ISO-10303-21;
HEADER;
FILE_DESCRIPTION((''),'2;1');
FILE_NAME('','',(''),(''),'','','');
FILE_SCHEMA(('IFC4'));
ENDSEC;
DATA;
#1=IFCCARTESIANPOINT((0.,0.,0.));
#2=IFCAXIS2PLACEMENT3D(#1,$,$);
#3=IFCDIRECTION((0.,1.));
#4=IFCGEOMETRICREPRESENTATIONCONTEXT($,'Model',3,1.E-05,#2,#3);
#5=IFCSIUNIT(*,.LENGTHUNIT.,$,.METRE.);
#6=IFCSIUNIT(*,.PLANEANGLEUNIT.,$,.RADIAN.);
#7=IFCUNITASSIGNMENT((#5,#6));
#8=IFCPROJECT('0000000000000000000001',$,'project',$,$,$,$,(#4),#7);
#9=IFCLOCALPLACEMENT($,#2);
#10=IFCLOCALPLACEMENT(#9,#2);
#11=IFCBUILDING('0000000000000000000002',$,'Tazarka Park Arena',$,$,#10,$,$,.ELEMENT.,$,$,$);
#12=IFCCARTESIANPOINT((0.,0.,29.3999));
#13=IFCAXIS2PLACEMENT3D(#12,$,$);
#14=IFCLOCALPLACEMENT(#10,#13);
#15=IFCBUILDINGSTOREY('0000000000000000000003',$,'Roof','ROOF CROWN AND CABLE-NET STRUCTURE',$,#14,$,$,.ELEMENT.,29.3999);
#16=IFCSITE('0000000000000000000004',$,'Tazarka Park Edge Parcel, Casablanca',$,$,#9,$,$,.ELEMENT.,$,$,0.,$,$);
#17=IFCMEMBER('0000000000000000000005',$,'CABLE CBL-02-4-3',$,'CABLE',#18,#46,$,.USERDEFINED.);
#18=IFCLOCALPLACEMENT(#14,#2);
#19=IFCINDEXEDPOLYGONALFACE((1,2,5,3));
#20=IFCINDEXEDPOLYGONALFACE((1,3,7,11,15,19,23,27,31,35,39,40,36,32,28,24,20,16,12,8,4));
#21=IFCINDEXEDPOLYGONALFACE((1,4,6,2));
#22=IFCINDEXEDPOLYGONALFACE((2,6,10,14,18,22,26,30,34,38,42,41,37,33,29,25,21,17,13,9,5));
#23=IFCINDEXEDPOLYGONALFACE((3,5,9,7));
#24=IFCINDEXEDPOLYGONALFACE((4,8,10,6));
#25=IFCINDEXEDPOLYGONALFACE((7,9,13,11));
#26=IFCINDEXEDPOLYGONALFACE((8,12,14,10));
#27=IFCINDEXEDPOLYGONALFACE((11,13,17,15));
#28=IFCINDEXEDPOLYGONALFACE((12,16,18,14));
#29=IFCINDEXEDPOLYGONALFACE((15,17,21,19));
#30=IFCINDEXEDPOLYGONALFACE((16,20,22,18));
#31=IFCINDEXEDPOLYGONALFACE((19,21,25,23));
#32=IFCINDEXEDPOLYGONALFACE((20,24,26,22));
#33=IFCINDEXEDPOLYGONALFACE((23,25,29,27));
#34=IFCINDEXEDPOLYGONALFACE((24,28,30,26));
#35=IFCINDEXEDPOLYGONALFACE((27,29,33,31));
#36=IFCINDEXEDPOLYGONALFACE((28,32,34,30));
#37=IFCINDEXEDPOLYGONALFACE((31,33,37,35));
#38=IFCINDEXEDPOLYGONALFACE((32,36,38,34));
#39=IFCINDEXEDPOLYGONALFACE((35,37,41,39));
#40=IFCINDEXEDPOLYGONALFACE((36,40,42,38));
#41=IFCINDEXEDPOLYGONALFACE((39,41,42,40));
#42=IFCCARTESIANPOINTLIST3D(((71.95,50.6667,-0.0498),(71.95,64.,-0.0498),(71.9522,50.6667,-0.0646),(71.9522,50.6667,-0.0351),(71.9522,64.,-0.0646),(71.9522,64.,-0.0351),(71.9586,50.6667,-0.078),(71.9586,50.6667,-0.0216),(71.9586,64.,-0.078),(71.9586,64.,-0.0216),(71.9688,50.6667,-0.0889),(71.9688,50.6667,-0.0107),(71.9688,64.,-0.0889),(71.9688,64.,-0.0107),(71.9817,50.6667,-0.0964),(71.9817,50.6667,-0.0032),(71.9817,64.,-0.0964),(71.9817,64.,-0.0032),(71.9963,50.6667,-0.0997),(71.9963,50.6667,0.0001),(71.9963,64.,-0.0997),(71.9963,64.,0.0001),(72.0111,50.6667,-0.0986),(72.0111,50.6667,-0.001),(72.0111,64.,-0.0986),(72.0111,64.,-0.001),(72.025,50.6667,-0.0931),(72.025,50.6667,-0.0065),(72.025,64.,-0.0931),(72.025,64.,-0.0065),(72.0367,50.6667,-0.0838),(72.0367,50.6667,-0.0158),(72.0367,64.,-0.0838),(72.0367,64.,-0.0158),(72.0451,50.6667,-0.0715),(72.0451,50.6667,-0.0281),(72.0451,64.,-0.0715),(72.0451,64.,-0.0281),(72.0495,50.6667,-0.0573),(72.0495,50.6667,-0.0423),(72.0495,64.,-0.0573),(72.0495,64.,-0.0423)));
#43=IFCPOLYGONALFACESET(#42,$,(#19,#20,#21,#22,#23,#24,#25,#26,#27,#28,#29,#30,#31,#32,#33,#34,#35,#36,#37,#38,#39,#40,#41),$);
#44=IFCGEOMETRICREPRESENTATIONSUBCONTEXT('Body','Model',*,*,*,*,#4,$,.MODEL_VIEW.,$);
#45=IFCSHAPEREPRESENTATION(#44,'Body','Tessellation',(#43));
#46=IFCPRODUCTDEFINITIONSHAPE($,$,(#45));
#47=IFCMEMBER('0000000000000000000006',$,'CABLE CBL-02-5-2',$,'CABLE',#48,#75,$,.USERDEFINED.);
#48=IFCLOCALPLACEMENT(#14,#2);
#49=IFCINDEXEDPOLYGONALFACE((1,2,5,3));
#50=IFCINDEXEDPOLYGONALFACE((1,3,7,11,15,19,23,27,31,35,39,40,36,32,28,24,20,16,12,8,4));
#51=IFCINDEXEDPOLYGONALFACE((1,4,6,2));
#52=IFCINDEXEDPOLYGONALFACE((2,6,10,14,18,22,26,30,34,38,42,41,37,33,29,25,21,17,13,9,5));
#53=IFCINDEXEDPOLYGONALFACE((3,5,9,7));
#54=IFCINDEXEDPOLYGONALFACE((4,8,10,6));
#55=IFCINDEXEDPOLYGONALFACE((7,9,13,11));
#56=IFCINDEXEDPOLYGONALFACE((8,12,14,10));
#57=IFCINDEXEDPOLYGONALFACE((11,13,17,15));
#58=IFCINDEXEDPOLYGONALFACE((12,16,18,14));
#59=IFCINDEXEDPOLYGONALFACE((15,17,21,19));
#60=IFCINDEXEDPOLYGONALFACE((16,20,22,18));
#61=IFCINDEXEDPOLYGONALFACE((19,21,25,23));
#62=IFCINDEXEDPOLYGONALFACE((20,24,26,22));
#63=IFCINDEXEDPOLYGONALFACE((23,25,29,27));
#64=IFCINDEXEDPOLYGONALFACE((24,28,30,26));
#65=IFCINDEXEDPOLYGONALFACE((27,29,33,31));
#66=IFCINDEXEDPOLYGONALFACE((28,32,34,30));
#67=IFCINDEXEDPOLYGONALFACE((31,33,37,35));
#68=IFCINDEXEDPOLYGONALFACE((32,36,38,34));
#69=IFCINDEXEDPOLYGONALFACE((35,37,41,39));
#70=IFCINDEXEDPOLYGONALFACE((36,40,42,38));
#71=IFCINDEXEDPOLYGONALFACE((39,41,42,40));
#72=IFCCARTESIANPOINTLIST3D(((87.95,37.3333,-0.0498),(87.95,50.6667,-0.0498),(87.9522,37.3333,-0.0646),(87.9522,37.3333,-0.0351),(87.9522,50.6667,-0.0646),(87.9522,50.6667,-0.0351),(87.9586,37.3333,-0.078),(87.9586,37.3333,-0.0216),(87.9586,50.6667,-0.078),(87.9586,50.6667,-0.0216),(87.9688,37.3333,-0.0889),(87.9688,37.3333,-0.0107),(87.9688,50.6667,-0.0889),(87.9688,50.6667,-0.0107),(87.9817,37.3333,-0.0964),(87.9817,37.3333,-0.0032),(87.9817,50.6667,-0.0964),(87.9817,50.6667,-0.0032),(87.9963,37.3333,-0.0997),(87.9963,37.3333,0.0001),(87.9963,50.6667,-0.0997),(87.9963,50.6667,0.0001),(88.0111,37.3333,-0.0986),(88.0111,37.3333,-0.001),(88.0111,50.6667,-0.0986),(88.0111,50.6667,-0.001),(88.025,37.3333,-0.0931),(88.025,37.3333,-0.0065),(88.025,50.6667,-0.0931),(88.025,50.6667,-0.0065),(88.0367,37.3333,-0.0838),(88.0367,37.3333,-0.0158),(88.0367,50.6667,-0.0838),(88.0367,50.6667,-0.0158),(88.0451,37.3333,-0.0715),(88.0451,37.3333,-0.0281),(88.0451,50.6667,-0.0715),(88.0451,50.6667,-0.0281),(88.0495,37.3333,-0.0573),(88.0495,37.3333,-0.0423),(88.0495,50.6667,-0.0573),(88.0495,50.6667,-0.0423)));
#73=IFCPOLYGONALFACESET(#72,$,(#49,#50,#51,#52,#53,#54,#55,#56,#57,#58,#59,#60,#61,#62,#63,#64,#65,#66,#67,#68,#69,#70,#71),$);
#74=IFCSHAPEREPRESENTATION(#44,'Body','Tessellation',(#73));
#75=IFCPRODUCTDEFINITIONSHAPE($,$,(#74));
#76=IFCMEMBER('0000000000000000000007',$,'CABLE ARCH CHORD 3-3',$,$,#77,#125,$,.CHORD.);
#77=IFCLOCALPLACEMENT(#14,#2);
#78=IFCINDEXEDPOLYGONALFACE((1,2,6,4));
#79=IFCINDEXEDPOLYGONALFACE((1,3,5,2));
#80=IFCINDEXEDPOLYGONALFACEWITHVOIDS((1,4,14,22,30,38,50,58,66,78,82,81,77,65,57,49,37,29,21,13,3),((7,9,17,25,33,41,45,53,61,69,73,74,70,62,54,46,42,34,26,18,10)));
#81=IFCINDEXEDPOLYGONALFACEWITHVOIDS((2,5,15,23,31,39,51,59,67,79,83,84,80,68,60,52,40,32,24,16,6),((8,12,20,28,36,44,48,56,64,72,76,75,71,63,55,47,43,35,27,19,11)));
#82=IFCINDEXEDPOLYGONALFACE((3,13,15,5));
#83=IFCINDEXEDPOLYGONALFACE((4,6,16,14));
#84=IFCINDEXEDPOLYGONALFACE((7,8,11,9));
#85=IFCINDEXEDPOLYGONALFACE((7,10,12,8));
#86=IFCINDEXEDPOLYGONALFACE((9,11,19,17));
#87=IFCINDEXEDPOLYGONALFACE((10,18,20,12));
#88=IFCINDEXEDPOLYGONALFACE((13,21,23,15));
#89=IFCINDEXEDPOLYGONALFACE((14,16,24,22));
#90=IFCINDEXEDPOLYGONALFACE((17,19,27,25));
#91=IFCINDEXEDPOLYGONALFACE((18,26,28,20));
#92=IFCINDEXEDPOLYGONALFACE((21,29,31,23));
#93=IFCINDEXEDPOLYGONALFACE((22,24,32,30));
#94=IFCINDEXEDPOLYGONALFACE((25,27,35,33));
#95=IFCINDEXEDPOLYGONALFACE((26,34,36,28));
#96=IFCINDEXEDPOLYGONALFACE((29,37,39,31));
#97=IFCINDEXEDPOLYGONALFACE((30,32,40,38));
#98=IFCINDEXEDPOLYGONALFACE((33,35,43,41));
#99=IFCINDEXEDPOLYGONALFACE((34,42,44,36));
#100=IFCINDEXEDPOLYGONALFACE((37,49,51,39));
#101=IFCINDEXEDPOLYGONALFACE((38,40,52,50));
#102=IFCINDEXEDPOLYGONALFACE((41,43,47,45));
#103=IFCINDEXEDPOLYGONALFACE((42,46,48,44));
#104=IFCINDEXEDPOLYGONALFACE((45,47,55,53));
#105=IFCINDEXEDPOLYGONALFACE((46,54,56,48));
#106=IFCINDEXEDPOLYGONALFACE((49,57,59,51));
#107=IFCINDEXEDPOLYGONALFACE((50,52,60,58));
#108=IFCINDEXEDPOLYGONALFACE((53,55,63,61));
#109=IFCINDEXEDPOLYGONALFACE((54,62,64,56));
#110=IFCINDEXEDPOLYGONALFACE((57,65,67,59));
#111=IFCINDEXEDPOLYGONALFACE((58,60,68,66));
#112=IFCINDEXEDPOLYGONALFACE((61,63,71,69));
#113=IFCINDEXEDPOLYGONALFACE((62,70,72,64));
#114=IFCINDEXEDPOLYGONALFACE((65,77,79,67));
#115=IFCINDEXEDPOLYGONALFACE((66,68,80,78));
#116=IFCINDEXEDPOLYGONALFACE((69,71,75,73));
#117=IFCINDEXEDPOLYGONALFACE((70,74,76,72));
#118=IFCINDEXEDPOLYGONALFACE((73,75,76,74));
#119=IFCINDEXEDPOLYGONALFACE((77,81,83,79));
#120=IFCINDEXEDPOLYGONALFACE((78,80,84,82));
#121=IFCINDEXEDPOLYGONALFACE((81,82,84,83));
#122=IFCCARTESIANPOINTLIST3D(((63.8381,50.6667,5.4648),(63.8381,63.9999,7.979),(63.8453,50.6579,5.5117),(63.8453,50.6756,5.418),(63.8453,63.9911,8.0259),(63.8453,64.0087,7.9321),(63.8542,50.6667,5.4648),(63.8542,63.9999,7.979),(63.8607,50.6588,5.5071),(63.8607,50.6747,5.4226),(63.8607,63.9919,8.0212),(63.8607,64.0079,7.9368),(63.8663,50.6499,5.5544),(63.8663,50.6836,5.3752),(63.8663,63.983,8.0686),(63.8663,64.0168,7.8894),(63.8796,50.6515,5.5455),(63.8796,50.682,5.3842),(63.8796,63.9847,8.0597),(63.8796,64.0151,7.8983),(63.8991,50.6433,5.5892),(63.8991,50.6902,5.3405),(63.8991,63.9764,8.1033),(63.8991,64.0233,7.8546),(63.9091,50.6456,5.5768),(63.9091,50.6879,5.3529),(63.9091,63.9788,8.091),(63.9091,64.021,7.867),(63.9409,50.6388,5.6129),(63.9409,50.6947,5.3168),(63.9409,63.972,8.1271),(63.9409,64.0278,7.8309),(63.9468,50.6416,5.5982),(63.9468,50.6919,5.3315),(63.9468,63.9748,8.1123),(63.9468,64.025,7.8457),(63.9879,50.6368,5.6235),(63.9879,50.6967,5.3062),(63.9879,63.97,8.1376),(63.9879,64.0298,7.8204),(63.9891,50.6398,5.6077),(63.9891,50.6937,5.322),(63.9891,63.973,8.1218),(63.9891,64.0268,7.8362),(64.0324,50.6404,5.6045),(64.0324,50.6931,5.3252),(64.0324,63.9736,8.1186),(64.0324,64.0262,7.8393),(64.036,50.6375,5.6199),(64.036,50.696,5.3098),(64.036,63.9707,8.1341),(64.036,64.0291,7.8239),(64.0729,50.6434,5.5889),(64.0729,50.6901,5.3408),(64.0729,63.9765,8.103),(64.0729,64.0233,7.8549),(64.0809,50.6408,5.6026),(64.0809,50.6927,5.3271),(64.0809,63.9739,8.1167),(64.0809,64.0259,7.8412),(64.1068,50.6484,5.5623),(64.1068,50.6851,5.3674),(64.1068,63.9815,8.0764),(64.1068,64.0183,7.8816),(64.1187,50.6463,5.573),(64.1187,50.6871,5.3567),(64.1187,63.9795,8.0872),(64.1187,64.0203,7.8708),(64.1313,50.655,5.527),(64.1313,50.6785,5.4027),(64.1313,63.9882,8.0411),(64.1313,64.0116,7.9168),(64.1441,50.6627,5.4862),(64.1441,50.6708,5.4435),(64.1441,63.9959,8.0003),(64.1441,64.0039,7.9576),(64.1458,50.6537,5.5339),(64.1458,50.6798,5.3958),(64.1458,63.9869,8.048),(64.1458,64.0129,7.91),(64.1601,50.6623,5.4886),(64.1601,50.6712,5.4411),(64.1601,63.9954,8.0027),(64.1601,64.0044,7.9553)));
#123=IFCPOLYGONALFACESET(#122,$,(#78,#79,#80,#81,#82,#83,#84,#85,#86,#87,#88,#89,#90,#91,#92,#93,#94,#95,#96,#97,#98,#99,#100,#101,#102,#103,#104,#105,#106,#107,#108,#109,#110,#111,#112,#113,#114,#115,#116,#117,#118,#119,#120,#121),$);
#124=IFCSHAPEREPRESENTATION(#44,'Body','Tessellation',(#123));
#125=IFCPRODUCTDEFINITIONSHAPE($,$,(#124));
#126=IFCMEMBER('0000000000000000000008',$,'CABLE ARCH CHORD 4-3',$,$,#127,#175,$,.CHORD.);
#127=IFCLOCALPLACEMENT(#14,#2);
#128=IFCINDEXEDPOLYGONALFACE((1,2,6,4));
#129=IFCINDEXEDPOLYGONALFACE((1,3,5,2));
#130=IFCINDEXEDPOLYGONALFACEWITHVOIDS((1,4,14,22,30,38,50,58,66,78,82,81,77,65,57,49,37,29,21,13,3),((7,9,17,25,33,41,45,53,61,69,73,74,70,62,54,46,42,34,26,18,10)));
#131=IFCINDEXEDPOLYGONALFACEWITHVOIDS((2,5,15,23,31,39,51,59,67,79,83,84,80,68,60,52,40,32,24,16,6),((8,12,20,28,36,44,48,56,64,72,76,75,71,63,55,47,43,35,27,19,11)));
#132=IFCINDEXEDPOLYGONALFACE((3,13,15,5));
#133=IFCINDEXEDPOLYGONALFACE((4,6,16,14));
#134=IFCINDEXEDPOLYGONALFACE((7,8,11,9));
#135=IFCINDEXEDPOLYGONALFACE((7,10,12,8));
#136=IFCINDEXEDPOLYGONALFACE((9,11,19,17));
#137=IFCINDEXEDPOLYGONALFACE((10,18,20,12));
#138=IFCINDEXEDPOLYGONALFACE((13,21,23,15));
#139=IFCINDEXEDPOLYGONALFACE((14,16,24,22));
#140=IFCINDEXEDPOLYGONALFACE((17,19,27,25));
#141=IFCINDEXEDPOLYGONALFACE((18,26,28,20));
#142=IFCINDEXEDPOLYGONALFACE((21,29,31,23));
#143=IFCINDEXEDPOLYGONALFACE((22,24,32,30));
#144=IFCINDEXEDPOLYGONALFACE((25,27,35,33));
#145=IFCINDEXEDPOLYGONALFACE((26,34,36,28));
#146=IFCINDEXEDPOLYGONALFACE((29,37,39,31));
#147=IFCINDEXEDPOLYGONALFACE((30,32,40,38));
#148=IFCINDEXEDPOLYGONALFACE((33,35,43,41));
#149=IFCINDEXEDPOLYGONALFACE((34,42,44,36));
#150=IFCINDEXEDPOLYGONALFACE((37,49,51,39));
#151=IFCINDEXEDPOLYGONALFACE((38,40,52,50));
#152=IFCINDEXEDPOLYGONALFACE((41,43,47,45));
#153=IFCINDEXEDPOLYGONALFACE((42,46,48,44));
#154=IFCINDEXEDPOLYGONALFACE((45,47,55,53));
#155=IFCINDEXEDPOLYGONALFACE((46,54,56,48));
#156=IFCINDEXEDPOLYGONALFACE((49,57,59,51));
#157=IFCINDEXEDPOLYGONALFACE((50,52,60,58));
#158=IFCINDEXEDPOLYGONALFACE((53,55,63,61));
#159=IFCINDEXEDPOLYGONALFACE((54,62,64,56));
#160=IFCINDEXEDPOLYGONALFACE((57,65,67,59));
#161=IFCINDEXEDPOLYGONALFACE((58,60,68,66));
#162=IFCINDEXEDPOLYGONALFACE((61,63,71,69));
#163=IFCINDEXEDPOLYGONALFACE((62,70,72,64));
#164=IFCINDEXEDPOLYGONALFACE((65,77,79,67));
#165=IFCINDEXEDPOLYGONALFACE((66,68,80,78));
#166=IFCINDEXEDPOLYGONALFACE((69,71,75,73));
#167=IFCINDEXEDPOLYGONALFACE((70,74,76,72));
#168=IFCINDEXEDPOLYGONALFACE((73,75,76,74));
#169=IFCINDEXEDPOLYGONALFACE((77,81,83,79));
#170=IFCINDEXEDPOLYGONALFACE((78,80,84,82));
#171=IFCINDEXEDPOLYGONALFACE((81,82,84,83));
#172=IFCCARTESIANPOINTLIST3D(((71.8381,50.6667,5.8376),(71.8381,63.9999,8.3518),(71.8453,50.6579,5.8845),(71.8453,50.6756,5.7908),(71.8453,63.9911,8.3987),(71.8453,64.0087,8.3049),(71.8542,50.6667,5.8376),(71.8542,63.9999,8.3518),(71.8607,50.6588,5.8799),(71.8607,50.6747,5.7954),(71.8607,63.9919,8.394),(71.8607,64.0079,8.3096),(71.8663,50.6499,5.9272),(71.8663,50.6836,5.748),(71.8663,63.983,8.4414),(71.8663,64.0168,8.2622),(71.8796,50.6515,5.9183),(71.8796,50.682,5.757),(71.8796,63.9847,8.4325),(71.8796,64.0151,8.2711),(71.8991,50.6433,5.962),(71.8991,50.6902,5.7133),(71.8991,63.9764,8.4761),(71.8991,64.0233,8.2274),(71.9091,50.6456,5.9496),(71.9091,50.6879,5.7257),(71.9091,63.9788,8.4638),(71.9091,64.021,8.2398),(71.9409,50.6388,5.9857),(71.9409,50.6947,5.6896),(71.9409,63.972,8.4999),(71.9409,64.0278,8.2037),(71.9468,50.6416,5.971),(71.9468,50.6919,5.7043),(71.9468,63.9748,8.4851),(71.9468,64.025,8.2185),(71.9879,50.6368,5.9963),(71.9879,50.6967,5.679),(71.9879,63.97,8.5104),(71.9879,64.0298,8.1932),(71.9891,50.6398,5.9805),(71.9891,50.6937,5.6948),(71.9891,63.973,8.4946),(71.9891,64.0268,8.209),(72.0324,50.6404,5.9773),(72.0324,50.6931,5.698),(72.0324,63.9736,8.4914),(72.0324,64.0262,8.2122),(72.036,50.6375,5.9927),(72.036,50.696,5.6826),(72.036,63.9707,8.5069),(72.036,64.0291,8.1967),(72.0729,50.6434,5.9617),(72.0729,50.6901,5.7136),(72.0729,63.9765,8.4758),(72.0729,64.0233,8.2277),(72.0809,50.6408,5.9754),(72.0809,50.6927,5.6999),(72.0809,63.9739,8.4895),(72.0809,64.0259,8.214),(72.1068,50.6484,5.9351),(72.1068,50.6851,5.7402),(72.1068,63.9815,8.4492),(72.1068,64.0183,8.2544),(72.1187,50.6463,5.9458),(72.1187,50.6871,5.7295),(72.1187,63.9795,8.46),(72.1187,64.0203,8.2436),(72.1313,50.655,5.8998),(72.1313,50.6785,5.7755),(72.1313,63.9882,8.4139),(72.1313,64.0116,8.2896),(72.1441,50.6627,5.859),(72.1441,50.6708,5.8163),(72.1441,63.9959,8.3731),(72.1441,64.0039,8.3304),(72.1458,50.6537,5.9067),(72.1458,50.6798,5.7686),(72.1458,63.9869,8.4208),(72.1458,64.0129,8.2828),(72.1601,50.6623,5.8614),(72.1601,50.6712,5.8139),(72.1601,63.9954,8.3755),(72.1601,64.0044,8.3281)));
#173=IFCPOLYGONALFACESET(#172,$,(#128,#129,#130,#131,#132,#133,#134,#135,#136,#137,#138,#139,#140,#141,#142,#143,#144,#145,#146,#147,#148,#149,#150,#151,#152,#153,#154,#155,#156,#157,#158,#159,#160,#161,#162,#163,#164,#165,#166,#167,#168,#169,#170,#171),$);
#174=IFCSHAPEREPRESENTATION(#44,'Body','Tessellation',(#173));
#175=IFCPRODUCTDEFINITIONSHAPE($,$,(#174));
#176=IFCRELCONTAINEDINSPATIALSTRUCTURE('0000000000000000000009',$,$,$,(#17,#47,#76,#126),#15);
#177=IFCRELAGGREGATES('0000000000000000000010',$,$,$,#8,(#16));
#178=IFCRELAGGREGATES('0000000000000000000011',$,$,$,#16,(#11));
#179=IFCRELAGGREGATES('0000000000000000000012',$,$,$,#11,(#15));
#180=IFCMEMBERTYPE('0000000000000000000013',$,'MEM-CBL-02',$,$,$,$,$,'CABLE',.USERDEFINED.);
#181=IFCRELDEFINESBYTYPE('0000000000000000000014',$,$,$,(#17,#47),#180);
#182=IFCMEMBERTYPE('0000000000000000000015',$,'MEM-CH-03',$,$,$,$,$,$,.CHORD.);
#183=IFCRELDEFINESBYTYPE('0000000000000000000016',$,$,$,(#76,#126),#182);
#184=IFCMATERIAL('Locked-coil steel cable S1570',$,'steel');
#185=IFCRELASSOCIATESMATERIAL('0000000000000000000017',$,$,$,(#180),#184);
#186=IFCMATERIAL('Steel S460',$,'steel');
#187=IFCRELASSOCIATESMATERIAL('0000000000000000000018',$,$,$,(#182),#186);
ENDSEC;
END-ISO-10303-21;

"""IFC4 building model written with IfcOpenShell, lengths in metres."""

from ifc_helpers import new_model, si_unit, direction, frame, origin, origin_2d, place, context, subcontext, project, spatial, circle, hollow_circle, extrude, material, material_profile, profile_set, type_object, element, save


model = new_model("IFC4")

# Units and contexts
model_context = context("Model", 3, precision=1e-05, world=origin(), true_north=direction((0.0, 1.0)))
body_context = subcontext(model_context, "Body", "Model", "MODEL_VIEW")
ifc_project = project(units=[si_unit("LENGTHUNIT", "METRE"), si_unit("PLANEANGLEUNIT", "RADIAN")], contexts=[model_context])

# Site, building, storey
site_placement = place(None, origin())
site = spatial("IfcSite", under=ifc_project, at=site_placement, Name="Tazarka Park Edge Parcel, Casablanca", CompositionType="ELEMENT", RefElevation=0.0)
building_placement = place(site_placement, origin())
building = spatial("IfcBuilding", under=site, at=building_placement, Name="Tazarka Park Arena", CompositionType="ELEMENT")
storey_placement = place(building_placement, frame((0.0, 0.0, 29.3999)))
storey = spatial("IfcBuildingStorey", under=building, at=storey_placement, Name="Roof", Description="ROOF CROWN AND CABLE-NET STRUCTURE", CompositionType="ELEMENT", Elevation=29.3999)

# Members
ifc_material_1 = material(Name="Locked-coil steel cable S1570", Category="steel")
ifc_material_profile_1 = material_profile(ifc_material_1, circle(Radius=0.05, at=origin_2d()), Name="Locked-coil steel cable S1570")
ifc_profile_set_1 = profile_set([ifc_material_profile_1], Name="Locked-coil steel cable S1570")
member_type_1 = type_object("IfcMemberType", Name="MEM-CBL-02", ElementType="CABLE", PredefinedType="USERDEFINED", material=ifc_profile_set_1)
member_1_placement = place(storey_placement, frame((72.0, 50.6667, -0.0498), z_axis=(0.0, 1.0, 0.0), x_axis=(-1.0, 0.0, 0.0)))
element("IfcMember", 1, at=member_1_placement, inside=storey, type_object=member_type_1, Name="CABLE CBL-02-4-3", ObjectType="CABLE", PredefinedType="USERDEFINED", context=body_context, shape_type="SweptSolid", body=[
    extrude(circle(Radius=0.05, at=origin_2d()), origin(), (0.0, 0.0, 1.0), 13.3333),
])
member_2_placement = place(storey_placement, frame((88.0, 37.3333, -0.0498), z_axis=(0.0, 1.0, 0.0), x_axis=(-1.0, 0.0, 0.0)))
element("IfcMember", 2, at=member_2_placement, inside=storey, type_object=member_type_1, Name="CABLE CBL-02-5-2", ObjectType="CABLE", PredefinedType="USERDEFINED", context=body_context, shape_type="SweptSolid", body=[
    extrude(circle(Radius=0.05, at=origin_2d()), origin(), (0.0, 0.0, 1.0), 13.3335),
])
ifc_material_2 = material(Name="Steel S460", Category="steel")
ifc_material_profile_2 = material_profile(ifc_material_2, hollow_circle(Radius=0.1619, WallThickness=0.0161, at=origin_2d()), Name="Steel S460")
ifc_profile_set_2 = profile_set([ifc_material_profile_2], Name="Steel S460")
member_type_2 = type_object("IfcMemberType", Name="MEM-CH-03", PredefinedType="CHORD", material=ifc_profile_set_2)
for number, where, z_axis, x_axis, name in (
    (3, (64.0, 50.6667, 5.4648), (0.0, 0.982682, 0.185298), (-1.0, 0.0, 0.0), "CABLE ARCH CHORD 3-3"),
    (4, (72.0, 50.6667, 5.8376), (0.0, 0.982682, 0.185298), (-1.0, 0.0, 0.0), "CABLE ARCH CHORD 4-3"),
):
    element("IfcMember", number, at=place(storey_placement, frame(where, z_axis=z_axis, x_axis=x_axis)), inside=storey, type_object=member_type_2, Name=name, PredefinedType="CHORD", context=body_context, shape_type="SweptSolid", body=[
        extrude(hollow_circle(Radius=0.1619, WallThickness=0.0161, at=origin_2d()), origin(), (0.0, 0.0, 1.0), 13.5681),
    ])

save(model, "model.ifc")
